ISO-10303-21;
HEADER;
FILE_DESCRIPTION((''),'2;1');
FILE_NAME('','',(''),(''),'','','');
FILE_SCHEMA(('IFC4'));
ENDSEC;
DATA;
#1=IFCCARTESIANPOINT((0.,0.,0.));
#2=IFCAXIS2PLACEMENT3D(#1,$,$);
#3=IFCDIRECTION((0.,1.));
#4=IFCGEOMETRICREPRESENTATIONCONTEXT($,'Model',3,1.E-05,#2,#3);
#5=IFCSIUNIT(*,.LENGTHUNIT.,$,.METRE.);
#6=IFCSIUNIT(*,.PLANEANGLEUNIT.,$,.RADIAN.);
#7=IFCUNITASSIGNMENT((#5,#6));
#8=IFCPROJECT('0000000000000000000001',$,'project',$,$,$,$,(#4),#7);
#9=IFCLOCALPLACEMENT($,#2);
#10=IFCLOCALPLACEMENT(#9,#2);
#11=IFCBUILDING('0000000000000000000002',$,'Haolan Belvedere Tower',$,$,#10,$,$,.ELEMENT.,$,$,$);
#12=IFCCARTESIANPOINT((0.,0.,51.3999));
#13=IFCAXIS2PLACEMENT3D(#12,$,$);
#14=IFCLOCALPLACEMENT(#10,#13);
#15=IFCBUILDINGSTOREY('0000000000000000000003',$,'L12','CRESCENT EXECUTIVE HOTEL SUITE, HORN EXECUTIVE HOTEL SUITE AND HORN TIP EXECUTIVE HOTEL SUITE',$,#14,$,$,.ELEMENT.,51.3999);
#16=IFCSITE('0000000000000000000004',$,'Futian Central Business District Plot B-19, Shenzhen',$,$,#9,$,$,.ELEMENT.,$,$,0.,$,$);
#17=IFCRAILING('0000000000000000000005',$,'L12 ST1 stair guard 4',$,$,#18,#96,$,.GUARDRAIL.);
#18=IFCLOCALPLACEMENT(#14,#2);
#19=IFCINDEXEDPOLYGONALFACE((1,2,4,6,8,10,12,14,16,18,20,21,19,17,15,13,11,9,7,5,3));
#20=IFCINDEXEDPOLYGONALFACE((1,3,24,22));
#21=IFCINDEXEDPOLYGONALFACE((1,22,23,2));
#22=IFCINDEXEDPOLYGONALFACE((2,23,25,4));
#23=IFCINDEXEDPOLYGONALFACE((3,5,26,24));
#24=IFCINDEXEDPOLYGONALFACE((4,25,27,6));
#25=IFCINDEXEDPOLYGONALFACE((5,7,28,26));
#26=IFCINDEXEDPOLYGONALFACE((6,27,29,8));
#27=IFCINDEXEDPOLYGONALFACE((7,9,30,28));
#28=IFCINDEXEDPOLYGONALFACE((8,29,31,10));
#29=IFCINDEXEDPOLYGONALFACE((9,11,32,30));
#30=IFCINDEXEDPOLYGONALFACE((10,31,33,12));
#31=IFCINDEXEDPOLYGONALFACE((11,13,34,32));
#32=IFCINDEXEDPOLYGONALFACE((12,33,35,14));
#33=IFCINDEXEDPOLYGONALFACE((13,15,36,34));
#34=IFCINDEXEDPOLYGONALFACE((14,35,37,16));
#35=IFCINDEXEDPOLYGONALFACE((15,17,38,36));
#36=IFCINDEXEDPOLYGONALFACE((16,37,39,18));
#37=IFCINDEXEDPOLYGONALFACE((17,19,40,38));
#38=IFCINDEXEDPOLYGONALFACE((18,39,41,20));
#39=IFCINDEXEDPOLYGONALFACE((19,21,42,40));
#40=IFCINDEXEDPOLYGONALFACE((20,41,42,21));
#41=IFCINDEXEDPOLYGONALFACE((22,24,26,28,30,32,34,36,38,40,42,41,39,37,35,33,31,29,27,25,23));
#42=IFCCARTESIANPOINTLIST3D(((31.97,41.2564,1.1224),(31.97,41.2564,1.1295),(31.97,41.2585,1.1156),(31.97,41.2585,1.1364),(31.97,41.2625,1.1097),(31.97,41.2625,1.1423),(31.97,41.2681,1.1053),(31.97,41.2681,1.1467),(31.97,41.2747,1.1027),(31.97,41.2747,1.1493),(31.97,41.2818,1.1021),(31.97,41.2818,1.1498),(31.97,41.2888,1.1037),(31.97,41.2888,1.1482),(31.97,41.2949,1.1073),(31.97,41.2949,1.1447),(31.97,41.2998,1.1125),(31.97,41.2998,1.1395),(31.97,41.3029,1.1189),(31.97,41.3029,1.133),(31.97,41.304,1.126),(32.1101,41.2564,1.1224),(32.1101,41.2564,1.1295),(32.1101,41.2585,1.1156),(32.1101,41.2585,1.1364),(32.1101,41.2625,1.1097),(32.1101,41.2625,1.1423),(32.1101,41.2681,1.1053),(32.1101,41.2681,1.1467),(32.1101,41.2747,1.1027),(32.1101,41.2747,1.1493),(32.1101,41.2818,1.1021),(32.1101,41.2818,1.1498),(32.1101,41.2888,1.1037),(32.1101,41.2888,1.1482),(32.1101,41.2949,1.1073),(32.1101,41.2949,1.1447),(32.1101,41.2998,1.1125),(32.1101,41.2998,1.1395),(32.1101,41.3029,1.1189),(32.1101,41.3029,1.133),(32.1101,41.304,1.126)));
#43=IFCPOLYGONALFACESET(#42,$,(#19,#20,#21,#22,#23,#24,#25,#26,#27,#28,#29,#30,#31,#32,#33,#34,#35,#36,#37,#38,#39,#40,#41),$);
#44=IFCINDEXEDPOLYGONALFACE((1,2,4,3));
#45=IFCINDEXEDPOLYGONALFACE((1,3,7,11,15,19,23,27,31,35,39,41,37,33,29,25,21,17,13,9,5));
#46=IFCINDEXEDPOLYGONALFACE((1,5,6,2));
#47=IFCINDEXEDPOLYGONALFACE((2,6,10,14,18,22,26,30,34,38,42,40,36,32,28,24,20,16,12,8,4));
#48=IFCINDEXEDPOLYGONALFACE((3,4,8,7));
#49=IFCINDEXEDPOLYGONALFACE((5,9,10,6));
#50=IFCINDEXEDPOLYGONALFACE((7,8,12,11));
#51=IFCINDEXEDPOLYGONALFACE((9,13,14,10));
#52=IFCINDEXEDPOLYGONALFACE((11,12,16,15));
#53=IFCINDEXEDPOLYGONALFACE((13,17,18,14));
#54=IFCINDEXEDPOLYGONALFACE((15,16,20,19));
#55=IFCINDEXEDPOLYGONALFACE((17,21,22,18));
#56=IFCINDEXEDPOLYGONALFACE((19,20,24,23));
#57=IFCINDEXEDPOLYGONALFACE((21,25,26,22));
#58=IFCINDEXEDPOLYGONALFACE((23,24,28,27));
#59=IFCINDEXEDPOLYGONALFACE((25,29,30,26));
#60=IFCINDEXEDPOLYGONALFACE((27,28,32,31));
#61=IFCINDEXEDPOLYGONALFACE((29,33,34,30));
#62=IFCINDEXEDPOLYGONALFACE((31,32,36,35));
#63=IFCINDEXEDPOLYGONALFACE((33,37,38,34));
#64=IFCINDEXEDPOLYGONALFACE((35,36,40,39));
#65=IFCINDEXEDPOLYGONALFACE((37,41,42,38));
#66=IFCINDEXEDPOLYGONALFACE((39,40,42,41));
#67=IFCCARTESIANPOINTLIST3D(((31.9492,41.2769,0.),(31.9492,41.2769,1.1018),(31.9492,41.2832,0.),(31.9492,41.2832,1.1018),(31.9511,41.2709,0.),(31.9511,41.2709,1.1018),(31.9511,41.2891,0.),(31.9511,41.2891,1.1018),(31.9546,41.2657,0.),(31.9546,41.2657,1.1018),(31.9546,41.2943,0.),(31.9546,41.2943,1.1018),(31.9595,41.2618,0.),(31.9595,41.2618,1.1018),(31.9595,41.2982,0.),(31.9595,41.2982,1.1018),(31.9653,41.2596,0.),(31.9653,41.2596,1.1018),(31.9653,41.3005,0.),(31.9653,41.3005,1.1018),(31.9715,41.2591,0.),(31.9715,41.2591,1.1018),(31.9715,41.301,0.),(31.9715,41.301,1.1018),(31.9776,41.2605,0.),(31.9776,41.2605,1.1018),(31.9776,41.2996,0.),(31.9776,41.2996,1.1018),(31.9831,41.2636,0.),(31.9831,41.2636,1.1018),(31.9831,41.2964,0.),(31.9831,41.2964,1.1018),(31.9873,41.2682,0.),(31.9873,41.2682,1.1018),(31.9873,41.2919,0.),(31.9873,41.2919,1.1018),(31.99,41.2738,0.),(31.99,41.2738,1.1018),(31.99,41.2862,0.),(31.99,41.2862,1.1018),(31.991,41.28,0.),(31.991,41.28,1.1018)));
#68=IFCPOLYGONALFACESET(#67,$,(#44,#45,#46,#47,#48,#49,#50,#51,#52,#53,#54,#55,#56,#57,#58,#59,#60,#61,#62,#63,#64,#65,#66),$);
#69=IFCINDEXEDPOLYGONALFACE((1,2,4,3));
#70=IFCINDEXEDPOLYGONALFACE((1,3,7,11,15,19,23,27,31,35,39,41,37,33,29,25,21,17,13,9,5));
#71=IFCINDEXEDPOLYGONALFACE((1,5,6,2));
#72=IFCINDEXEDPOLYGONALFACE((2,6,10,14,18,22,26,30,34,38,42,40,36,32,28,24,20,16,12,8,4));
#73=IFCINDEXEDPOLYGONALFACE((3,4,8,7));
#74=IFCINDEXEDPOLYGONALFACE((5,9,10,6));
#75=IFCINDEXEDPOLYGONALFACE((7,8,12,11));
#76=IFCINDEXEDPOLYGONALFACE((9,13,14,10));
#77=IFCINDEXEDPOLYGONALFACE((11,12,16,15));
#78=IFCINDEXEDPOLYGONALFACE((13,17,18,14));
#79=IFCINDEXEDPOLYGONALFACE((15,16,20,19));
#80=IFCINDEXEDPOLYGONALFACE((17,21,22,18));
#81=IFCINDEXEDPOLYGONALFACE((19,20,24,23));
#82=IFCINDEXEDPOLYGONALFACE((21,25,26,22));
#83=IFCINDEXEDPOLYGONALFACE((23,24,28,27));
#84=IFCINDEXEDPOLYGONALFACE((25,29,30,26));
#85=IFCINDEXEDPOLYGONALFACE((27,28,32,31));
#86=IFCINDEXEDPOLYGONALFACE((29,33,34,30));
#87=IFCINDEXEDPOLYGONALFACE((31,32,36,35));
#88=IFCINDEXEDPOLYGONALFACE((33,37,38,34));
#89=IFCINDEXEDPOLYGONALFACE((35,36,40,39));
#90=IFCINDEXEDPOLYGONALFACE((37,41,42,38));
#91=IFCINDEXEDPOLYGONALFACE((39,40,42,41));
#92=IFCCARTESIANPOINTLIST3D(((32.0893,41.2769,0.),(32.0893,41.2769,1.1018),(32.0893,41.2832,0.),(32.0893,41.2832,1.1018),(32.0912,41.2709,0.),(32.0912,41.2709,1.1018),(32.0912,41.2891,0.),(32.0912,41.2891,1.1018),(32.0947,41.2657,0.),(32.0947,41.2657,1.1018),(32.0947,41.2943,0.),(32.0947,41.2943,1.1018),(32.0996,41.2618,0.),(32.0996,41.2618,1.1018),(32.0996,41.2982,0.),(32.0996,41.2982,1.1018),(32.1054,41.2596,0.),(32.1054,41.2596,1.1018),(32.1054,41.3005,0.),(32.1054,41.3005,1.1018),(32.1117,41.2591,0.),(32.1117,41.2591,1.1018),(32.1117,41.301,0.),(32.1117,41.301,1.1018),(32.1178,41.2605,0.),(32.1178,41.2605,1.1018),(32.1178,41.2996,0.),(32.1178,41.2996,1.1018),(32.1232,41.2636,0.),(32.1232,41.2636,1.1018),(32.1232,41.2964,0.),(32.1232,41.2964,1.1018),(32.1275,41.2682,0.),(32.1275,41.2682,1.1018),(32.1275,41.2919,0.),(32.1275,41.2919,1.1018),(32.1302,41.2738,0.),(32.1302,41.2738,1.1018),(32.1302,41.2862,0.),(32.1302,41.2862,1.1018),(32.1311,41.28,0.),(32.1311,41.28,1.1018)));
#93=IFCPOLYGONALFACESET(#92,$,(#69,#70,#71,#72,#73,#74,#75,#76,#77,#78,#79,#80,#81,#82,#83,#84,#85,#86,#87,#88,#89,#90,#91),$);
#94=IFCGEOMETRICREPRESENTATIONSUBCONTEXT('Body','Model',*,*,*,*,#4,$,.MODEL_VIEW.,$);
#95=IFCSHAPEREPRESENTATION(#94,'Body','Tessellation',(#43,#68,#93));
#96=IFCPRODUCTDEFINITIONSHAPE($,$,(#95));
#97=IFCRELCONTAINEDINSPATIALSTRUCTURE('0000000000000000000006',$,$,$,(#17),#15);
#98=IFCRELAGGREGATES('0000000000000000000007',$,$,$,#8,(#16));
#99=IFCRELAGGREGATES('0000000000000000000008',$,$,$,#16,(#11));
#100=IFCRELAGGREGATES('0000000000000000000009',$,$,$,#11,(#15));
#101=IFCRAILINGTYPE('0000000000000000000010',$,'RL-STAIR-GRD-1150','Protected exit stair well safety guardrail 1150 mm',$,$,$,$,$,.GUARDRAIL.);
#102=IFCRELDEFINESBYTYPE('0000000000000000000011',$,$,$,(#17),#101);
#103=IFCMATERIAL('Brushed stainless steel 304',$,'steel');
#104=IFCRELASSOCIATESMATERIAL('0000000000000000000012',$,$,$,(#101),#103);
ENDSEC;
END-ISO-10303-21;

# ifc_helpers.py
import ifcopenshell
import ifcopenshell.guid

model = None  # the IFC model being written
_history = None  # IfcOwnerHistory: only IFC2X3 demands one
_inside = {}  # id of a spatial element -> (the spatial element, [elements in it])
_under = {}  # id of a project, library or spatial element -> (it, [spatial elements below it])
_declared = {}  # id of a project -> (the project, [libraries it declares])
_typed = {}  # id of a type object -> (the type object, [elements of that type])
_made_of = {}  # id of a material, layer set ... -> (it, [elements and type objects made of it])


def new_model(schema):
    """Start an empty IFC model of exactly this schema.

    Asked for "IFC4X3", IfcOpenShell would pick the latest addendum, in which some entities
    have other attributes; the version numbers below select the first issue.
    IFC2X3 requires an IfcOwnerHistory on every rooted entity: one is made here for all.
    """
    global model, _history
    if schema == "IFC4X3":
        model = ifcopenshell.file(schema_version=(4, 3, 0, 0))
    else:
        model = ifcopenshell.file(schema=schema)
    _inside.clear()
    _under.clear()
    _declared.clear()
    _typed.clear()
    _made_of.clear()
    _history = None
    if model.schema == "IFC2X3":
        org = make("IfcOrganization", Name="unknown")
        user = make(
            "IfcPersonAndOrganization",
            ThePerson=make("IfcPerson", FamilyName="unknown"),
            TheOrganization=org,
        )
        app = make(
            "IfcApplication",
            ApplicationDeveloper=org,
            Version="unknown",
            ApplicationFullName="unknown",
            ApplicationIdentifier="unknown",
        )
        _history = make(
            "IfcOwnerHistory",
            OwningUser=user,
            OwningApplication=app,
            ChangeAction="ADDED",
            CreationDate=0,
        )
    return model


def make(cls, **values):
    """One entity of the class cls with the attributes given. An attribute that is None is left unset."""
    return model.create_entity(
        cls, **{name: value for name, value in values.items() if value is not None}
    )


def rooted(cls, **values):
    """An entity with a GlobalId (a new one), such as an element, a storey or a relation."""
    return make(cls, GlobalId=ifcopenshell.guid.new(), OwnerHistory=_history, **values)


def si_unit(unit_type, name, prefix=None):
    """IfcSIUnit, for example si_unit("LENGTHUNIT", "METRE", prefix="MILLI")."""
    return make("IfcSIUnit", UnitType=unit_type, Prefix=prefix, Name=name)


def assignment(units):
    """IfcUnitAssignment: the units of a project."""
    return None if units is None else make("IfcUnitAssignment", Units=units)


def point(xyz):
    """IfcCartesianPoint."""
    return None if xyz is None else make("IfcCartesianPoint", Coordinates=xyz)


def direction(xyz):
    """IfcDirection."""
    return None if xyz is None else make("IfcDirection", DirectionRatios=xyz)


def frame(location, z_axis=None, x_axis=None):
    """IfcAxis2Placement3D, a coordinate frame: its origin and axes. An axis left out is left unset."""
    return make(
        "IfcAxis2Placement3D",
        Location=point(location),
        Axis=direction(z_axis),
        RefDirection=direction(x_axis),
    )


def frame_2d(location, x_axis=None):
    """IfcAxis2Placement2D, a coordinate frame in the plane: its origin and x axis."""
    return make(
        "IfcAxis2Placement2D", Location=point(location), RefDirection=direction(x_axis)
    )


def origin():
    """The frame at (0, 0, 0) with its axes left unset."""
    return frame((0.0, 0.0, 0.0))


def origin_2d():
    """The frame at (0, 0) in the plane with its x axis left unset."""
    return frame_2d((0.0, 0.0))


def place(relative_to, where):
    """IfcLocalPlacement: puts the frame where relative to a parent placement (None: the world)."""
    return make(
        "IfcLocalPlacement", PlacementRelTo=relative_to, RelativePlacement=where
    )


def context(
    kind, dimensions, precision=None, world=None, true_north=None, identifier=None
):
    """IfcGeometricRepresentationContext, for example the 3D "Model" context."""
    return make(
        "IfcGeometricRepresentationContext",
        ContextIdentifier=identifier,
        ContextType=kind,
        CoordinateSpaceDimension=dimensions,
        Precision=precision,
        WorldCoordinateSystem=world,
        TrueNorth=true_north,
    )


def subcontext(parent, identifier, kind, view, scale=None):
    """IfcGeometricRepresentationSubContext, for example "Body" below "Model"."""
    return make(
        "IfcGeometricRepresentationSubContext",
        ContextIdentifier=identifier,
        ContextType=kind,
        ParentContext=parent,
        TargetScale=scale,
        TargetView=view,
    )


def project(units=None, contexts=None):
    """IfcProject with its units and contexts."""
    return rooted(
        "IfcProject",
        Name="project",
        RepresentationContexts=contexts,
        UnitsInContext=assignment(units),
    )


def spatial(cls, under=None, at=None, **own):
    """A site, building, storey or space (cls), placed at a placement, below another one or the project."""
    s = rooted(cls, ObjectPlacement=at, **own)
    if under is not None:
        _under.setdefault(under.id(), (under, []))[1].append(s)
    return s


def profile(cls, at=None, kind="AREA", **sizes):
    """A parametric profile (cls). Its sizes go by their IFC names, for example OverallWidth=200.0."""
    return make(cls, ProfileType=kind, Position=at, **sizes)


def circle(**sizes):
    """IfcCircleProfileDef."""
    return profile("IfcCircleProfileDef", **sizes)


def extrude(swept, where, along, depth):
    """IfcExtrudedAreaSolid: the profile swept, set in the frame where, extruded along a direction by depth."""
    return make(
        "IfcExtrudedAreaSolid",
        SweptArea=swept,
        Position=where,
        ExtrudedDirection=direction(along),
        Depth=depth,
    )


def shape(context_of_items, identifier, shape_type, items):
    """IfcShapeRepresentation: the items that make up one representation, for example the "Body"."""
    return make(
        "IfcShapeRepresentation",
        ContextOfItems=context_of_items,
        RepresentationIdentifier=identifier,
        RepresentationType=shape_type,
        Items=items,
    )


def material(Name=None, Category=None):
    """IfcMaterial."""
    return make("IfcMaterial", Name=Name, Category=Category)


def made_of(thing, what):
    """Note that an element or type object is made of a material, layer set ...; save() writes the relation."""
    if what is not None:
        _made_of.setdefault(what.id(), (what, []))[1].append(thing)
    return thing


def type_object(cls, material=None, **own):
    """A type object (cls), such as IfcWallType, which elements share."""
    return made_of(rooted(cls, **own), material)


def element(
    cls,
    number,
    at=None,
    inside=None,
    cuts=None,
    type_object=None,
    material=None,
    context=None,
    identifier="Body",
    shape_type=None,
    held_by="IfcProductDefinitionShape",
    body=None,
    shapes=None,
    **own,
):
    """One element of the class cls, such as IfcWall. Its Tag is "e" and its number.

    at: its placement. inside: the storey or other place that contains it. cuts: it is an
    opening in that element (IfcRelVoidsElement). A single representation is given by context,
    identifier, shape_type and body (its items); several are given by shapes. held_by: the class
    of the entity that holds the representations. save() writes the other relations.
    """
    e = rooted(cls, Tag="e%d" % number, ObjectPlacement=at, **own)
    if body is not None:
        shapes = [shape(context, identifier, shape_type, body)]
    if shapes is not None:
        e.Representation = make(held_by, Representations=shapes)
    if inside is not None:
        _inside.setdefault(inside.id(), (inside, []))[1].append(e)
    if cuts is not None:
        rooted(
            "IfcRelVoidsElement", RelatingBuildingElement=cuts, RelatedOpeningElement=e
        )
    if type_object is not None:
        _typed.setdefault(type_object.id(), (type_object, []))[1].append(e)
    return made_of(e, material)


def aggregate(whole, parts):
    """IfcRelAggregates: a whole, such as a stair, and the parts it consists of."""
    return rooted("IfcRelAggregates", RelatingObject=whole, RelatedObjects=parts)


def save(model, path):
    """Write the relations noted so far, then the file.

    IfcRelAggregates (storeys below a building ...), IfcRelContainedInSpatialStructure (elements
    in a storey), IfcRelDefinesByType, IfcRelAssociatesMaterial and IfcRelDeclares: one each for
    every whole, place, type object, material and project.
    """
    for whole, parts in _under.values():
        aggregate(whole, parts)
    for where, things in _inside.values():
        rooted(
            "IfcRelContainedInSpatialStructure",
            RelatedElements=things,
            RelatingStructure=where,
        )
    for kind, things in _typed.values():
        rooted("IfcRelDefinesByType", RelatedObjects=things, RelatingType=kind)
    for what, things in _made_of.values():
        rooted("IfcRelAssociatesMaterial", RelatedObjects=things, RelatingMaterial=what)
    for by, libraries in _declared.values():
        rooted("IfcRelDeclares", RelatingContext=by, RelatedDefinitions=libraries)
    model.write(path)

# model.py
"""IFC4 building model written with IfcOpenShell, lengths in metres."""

from ifc_helpers import new_model, si_unit, direction, frame, origin, origin_2d, place, context, subcontext, project, spatial, circle, extrude, material, type_object, element, save


model = new_model("IFC4")

# Units and contexts
model_context = context("Model", 3, precision=1e-05, world=origin(), true_north=direction((0.0, 1.0)))
body_context = subcontext(model_context, "Body", "Model", "MODEL_VIEW")
ifc_project = project(units=[si_unit("LENGTHUNIT", "METRE"), si_unit("PLANEANGLEUNIT", "RADIAN")], contexts=[model_context])

# Site, building, storey
site_placement = place(None, origin())
site = spatial("IfcSite", under=ifc_project, at=site_placement, Name="Futian Central Business District Plot B-19, Shenzhen", CompositionType="ELEMENT", RefElevation=0.0)
building_placement = place(site_placement, origin())
building = spatial("IfcBuilding", under=site, at=building_placement, Name="Haolan Belvedere Tower", CompositionType="ELEMENT")
storey_placement = place(building_placement, frame((0.0, 0.0, 51.3999)))
storey = spatial("IfcBuildingStorey", under=building, at=storey_placement, Name="L12", Description="CRESCENT EXECUTIVE HOTEL SUITE, HORN EXECUTIVE HOTEL SUITE AND HORN TIP EXECUTIVE HOTEL SUITE", CompositionType="ELEMENT", Elevation=51.3999)

# Railing
ifc_material_1 = material(Name="Brushed stainless steel 304", Category="steel")
railing_type_1 = type_object("IfcRailingType", Name="RL-STAIR-GRD-1150", Description="Protected exit stair well safety guardrail 1150 mm", PredefinedType="GUARDRAIL", material=ifc_material_1)
railing_1_placement = place(storey_placement, frame((31.97, 41.28, 0.0)))
element("IfcRailing", 1, at=railing_1_placement, inside=storey, type_object=railing_type_1, Name="L12 ST1 stair guard 4", PredefinedType="GUARDRAIL", context=body_context, shape_type="SweptSolid", body=[
    extrude(circle(Radius=0.0239, at=origin_2d()), frame((0.0, 0.0, 1.126), z_axis=(1.0, 0.0, 0.0), x_axis=(0.0, 1.0, 0.0)), (0.0, 0.0, 1.0), 0.1401),
    extrude(circle(Radius=0.021, at=origin_2d()), origin(), (0.0, 0.0, 1.0), 1.1018),
    extrude(circle(Radius=0.021, at=origin_2d()), frame((0.1401, 0.0, 0.0)), (0.0, 0.0, 1.0), 1.1018),
])

save(model, "model.ifc")
